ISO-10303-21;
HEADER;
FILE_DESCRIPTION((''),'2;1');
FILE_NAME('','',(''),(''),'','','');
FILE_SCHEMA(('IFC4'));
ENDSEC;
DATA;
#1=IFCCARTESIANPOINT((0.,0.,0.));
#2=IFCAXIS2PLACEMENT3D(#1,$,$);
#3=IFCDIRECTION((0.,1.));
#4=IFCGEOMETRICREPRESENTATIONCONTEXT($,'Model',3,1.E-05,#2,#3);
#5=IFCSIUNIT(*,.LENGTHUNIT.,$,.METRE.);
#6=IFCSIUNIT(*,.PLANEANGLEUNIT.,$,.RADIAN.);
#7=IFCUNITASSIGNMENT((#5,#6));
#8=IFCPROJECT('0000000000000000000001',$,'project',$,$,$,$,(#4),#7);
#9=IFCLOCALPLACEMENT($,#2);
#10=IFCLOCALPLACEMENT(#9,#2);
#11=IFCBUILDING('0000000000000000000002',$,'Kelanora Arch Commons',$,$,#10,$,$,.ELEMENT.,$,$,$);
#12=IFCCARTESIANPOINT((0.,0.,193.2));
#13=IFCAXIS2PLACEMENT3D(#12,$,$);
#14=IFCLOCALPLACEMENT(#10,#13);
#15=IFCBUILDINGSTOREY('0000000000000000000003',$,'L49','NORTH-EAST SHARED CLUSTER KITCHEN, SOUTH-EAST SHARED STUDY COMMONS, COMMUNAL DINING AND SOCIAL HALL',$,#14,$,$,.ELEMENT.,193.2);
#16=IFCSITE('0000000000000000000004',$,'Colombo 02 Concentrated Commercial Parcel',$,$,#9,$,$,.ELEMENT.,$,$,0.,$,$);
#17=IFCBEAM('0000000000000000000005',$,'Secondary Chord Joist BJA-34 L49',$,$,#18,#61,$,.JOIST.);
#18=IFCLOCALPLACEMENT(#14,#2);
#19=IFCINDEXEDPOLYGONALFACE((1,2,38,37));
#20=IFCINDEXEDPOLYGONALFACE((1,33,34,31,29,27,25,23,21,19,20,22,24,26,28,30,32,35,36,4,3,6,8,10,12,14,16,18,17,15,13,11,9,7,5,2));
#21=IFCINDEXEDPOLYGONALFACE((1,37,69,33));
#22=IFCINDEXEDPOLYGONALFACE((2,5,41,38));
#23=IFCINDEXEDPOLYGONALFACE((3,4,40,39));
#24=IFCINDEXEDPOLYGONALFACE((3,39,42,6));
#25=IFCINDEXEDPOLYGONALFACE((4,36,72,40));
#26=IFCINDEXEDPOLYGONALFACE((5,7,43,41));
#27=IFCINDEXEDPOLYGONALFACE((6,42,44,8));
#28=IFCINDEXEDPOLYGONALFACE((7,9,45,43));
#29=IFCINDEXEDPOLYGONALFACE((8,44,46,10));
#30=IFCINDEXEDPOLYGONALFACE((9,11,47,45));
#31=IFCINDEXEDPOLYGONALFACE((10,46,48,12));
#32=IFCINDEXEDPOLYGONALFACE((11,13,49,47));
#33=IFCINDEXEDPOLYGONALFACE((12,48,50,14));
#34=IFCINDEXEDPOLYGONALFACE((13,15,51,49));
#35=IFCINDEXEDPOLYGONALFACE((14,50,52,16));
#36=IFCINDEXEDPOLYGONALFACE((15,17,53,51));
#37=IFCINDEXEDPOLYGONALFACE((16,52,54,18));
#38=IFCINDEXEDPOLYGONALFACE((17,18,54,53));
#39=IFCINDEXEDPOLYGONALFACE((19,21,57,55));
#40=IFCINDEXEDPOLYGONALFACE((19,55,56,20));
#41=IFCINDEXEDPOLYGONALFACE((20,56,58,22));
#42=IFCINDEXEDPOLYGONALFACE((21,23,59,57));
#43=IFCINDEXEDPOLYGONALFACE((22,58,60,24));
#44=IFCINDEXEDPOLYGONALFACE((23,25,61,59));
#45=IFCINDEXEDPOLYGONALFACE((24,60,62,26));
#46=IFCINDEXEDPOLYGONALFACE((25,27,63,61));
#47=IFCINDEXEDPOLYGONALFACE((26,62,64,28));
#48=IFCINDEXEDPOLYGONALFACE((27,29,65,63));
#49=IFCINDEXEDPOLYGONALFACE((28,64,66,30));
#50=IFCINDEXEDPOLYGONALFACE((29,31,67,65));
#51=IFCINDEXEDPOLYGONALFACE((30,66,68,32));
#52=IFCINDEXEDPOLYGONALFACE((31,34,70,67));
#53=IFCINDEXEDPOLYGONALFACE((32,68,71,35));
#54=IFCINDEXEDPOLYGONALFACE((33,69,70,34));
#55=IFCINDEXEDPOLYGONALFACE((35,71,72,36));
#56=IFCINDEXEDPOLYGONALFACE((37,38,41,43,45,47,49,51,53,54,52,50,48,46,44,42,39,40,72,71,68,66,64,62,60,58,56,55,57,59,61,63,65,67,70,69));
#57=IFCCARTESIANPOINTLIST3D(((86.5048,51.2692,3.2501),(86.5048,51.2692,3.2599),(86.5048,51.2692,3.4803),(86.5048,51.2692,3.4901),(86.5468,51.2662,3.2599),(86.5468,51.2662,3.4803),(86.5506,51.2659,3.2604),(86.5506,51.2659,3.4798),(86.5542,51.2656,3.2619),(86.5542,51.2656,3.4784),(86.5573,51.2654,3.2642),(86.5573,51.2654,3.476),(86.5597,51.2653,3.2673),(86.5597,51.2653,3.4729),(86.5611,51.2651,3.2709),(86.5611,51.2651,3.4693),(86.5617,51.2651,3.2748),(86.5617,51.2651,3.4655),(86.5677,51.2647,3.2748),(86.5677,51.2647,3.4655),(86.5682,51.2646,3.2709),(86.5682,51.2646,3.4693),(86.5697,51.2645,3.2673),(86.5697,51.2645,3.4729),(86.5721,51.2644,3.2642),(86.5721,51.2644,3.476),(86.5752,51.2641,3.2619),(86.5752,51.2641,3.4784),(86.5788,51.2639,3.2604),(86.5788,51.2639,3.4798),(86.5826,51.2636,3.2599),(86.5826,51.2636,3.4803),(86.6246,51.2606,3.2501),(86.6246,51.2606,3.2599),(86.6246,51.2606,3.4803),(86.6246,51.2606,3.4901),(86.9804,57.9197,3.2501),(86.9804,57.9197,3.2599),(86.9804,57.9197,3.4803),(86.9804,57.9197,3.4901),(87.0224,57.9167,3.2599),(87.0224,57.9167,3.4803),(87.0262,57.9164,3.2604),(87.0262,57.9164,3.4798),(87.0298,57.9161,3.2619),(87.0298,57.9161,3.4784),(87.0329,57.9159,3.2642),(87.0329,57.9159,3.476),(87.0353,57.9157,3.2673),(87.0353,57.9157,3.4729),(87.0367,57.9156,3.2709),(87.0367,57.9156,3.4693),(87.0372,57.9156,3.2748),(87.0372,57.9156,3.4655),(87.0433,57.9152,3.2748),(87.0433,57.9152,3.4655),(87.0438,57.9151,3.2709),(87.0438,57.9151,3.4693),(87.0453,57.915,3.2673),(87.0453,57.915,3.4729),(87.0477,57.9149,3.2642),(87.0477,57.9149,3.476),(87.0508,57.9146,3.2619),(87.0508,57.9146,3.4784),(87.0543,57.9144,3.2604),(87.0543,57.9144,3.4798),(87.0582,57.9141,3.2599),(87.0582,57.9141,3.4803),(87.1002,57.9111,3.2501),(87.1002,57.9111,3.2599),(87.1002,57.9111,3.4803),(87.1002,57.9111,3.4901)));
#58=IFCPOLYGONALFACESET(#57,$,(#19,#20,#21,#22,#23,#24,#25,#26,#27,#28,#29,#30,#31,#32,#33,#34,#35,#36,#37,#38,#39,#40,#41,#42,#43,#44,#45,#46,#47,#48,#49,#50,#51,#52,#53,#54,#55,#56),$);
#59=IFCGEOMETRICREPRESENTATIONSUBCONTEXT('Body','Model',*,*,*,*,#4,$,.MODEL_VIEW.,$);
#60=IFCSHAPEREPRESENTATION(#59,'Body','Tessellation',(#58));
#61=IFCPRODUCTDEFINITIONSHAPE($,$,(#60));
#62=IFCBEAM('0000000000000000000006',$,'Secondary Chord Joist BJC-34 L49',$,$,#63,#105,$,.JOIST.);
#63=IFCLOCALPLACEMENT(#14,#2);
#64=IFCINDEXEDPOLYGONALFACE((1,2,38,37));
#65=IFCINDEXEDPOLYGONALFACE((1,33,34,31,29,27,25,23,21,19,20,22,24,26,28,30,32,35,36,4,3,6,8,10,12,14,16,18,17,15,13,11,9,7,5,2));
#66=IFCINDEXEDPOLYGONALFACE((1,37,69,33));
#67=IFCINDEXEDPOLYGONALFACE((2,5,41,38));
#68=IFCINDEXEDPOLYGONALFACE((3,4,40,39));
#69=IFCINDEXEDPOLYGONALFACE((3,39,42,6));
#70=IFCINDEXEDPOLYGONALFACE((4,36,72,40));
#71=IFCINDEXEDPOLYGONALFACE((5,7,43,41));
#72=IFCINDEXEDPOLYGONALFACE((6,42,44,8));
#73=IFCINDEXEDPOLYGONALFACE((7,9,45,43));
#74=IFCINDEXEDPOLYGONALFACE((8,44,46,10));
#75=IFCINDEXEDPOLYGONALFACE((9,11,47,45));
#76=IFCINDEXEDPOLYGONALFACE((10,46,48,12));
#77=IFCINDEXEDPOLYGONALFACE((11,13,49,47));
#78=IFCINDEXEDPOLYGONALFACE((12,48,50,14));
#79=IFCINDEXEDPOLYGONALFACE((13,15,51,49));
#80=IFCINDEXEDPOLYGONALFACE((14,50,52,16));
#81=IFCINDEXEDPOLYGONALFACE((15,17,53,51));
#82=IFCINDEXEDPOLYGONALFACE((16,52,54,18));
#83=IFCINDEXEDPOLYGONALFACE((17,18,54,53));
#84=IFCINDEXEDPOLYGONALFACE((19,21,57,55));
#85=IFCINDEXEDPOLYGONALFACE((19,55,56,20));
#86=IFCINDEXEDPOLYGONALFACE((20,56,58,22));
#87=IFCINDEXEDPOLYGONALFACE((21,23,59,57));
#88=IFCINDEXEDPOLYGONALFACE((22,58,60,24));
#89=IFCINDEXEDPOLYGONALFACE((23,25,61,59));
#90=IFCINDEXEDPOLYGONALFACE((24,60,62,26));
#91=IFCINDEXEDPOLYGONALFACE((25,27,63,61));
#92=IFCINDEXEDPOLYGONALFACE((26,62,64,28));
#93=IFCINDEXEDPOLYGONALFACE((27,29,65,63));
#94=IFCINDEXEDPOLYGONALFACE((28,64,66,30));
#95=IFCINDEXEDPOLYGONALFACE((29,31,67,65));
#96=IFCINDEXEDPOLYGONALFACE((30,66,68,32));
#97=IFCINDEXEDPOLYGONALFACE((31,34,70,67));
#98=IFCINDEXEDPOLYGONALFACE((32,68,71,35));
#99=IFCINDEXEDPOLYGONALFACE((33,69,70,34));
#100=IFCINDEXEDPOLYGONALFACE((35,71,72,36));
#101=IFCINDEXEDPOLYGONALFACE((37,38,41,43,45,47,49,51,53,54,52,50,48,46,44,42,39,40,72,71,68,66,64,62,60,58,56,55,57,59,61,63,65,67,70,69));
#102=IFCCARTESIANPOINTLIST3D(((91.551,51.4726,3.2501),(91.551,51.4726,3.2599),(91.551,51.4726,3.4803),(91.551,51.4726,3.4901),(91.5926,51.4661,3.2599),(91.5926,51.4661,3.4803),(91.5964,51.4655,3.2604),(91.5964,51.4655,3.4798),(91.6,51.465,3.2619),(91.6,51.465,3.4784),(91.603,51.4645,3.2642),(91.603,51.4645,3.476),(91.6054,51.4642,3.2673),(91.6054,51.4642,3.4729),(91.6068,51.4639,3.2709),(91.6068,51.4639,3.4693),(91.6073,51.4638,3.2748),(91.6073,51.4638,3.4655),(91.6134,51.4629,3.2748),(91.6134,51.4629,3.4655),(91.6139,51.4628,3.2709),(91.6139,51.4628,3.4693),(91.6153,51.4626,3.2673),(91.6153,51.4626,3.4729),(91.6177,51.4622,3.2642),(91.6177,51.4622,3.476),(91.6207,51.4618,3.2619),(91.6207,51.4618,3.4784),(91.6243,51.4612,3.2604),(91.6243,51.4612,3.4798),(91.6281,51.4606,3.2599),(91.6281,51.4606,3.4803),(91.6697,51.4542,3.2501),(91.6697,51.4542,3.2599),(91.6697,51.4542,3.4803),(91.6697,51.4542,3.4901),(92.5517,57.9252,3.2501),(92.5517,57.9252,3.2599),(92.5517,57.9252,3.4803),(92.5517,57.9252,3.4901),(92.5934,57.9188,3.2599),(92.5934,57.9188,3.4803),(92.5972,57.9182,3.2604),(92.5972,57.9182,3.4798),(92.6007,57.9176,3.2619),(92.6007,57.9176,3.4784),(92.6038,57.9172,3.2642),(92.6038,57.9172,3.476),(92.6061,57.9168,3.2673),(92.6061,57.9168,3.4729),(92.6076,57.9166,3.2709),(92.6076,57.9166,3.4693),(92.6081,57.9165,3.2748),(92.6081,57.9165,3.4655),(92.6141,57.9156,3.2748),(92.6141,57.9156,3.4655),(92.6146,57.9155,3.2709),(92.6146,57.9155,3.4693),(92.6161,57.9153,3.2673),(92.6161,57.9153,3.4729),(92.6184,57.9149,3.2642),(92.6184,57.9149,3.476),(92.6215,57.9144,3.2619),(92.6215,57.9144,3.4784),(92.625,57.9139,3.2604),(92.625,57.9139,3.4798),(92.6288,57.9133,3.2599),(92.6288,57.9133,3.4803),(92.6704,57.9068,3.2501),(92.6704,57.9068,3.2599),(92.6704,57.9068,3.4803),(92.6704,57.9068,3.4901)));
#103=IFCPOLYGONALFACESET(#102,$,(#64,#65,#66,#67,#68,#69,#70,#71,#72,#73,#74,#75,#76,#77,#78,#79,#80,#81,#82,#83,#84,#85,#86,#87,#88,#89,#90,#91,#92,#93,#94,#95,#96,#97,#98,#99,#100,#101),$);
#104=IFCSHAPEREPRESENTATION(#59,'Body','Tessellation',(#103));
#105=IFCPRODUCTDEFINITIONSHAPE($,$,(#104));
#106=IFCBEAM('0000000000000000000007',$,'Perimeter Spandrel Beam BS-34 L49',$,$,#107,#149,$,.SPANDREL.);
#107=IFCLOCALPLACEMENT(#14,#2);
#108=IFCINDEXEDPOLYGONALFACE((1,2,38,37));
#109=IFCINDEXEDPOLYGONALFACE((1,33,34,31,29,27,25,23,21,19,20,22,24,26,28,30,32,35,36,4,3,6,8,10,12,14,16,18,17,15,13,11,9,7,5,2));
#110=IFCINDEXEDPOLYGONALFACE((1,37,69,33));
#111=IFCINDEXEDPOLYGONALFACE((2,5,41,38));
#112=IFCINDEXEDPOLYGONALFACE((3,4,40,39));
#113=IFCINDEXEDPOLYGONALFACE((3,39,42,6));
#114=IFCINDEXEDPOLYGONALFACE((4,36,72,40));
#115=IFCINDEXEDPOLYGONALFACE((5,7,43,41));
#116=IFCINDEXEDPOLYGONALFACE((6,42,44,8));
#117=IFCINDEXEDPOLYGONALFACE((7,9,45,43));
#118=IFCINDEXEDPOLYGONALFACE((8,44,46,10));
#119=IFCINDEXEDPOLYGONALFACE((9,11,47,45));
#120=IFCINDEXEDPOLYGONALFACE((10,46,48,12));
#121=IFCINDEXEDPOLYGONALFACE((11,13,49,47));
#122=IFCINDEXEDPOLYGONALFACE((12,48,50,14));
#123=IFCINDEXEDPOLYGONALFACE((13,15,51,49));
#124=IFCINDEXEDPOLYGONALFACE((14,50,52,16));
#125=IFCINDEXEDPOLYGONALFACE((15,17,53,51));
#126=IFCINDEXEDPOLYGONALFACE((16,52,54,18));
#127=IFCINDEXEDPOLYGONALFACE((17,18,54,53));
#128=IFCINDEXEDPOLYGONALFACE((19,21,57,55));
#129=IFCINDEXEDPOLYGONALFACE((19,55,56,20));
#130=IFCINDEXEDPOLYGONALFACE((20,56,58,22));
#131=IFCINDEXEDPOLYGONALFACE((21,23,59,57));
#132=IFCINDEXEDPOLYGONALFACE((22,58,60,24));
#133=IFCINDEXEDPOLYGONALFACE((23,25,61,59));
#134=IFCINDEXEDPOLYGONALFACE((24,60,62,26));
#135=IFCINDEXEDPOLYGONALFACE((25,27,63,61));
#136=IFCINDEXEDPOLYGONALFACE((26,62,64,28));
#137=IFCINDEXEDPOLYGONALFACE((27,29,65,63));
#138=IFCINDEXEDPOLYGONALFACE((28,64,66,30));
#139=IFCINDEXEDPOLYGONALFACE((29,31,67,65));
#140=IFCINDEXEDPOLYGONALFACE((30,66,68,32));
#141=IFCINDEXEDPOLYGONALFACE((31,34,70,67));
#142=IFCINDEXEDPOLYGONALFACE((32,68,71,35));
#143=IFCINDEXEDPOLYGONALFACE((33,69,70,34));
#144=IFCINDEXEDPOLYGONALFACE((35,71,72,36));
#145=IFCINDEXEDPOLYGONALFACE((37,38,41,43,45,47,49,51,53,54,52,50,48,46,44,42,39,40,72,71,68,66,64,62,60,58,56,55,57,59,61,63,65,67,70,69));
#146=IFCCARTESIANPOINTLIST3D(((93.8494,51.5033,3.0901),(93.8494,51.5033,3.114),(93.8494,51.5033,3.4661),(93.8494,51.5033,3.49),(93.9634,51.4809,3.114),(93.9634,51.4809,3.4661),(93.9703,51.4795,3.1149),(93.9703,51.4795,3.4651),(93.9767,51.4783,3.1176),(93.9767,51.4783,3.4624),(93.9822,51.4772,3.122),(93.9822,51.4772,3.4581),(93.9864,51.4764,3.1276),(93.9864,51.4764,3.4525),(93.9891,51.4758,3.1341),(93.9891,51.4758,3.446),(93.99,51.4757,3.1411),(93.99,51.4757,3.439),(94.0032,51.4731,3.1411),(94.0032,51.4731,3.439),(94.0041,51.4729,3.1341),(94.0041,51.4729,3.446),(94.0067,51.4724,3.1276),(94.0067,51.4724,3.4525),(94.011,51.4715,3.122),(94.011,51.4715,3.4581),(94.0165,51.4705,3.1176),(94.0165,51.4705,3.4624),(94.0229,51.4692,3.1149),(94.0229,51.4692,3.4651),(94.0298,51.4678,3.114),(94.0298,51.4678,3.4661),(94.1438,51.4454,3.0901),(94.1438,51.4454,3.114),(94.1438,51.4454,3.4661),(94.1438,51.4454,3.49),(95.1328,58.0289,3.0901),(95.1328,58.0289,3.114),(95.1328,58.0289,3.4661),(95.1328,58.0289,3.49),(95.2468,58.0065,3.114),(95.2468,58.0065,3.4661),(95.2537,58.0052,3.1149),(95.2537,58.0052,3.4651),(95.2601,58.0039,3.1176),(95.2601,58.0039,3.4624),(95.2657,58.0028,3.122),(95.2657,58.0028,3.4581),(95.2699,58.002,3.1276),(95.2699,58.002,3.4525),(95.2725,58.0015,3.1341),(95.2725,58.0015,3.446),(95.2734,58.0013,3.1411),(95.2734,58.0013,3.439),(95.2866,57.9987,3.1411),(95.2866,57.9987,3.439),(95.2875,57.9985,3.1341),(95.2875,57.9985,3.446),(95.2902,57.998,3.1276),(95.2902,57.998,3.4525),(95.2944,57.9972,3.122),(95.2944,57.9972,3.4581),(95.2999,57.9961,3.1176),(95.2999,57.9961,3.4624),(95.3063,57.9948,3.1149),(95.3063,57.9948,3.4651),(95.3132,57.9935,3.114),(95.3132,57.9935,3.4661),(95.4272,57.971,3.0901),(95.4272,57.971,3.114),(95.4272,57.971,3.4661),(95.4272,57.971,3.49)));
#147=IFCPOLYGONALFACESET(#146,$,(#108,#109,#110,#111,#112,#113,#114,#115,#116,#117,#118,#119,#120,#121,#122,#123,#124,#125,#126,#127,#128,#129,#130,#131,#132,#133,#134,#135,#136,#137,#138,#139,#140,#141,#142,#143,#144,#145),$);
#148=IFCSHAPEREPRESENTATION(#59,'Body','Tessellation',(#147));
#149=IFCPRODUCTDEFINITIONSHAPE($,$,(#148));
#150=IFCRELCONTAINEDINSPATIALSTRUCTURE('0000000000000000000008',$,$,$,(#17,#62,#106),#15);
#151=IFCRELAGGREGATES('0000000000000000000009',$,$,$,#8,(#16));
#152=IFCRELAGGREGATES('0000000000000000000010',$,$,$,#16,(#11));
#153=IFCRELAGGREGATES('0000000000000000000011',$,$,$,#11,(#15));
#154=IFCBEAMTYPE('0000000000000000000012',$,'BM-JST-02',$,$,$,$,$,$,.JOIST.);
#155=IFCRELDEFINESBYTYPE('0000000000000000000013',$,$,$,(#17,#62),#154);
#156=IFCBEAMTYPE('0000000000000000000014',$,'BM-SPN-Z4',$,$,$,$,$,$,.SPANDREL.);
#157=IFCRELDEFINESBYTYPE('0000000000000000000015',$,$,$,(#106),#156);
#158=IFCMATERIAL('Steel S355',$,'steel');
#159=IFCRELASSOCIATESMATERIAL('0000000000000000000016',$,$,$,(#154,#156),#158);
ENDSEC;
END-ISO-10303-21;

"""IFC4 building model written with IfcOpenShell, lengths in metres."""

from ifc_helpers import new_model, si_unit, direction, frame, origin, origin_2d, place, context, subcontext, project, spatial, i_section, extrude, material, material_profile, profile_set, type_object, element, save


model = new_model("IFC4")

# Units and contexts
model_context = context("Model", 3, precision=1e-05, world=origin(), true_north=direction((0.0, 1.0)))
body_context = subcontext(model_context, "Body", "Model", "MODEL_VIEW")
ifc_project = project(units=[si_unit("LENGTHUNIT", "METRE"), si_unit("PLANEANGLEUNIT", "RADIAN")], contexts=[model_context])

# Site, building, storey
site_placement = place(None, origin())
site = spatial("IfcSite", under=ifc_project, at=site_placement, Name="Colombo 02 Concentrated Commercial Parcel", CompositionType="ELEMENT", RefElevation=0.0)
building_placement = place(site_placement, origin())
building = spatial("IfcBuilding", under=site, at=building_placement, Name="Kelanora Arch Commons", CompositionType="ELEMENT")
storey_placement = place(building_placement, frame((0.0, 0.0, 193.2)))
storey = spatial("IfcBuildingStorey", under=building, at=storey_placement, Name="L49", Description="NORTH-EAST SHARED CLUSTER KITCHEN, SOUTH-EAST SHARED STUDY COMMONS, COMMUNAL DINING AND SOCIAL HALL", CompositionType="ELEMENT", Elevation=193.2)

# Beams
ifc_material_1 = material(Name="Steel S355", Category="steel")
ifc_material_profile_1 = material_profile(ifc_material_1, i_section(OverallWidth=0.1201, OverallDepth=0.24, WebThickness=0.0061, FlangeThickness=0.0098, FilletRadius=0.0149, at=origin_2d()), Name="IPE240")
ifc_profile_set_1 = profile_set([ifc_material_profile_1], Name="Steel S355")
beam_type_1 = type_object("IfcBeamType", Name="BM-JST-02", PredefinedType="JOIST", material=ifc_profile_set_1)
beam_1_placement = place(storey_placement, frame((86.5647, 51.2649, 3.3701), z_axis=(0.07133, 0.997453, 0.0), x_axis=(-0.997453, 0.07133, 0.0)))
element("IfcBeam", 1, at=beam_1_placement, inside=storey, type_object=beam_type_1, Name="Secondary Chord Joist BJA-34 L49", PredefinedType="JOIST", context=body_context, shape_type="SweptSolid", body=[
    extrude(i_section(OverallWidth=0.1201, OverallDepth=0.24, WebThickness=0.0061, FlangeThickness=0.0098, FilletRadius=0.0149, at=origin_2d()), origin(), (0.0, 0.0, 1.0), 6.6675),
])
beam_2_placement = place(storey_placement, frame((91.6104, 51.4634, 3.3701), z_axis=(0.153257, 0.988186, 0.0), x_axis=(-0.988186, 0.153257, 0.0)))
element("IfcBeam", 2, at=beam_2_placement, inside=storey, type_object=beam_type_1, Name="Secondary Chord Joist BJC-34 L49", PredefinedType="JOIST", context=body_context, shape_type="SweptSolid", body=[
    extrude(i_section(OverallWidth=0.1201, OverallDepth=0.24, WebThickness=0.0061, FlangeThickness=0.0098, FilletRadius=0.0149, at=origin_2d()), origin(), (0.0, 0.0, 1.0), 6.5298),
])
ifc_material_profile_2 = material_profile(ifc_material_1, i_section(OverallWidth=0.3, OverallDepth=0.3999, WebThickness=0.0134, FlangeThickness=0.0239, FilletRadius=0.0271, at=origin_2d()), Name="HEB400")
ifc_profile_set_2 = profile_set([ifc_material_profile_2], Name="Steel S355")
beam_type_2 = type_object("IfcBeamType", Name="BM-SPN-Z4", PredefinedType="SPANDREL", material=ifc_profile_set_2)
beam_3_placement = place(storey_placement, frame((93.9966, 51.4744, 3.29), z_axis=(0.192981, 0.981203, 0.0), x_axis=(-0.981203, 0.192981, 0.0)))
element("IfcBeam", 3, at=beam_3_placement, inside=storey, type_object=beam_type_2, Name="Perimeter Spandrel Beam BS-34 L49", PredefinedType="SPANDREL", context=body_context, shape_type="SweptSolid", body=[
    extrude(i_section(OverallWidth=0.3, OverallDepth=0.3999, WebThickness=0.0134, FlangeThickness=0.0239, FilletRadius=0.0271, at=origin_2d()), origin(), (0.0, 0.0, 1.0), 6.6506),
])

save(model, "model.ifc")
